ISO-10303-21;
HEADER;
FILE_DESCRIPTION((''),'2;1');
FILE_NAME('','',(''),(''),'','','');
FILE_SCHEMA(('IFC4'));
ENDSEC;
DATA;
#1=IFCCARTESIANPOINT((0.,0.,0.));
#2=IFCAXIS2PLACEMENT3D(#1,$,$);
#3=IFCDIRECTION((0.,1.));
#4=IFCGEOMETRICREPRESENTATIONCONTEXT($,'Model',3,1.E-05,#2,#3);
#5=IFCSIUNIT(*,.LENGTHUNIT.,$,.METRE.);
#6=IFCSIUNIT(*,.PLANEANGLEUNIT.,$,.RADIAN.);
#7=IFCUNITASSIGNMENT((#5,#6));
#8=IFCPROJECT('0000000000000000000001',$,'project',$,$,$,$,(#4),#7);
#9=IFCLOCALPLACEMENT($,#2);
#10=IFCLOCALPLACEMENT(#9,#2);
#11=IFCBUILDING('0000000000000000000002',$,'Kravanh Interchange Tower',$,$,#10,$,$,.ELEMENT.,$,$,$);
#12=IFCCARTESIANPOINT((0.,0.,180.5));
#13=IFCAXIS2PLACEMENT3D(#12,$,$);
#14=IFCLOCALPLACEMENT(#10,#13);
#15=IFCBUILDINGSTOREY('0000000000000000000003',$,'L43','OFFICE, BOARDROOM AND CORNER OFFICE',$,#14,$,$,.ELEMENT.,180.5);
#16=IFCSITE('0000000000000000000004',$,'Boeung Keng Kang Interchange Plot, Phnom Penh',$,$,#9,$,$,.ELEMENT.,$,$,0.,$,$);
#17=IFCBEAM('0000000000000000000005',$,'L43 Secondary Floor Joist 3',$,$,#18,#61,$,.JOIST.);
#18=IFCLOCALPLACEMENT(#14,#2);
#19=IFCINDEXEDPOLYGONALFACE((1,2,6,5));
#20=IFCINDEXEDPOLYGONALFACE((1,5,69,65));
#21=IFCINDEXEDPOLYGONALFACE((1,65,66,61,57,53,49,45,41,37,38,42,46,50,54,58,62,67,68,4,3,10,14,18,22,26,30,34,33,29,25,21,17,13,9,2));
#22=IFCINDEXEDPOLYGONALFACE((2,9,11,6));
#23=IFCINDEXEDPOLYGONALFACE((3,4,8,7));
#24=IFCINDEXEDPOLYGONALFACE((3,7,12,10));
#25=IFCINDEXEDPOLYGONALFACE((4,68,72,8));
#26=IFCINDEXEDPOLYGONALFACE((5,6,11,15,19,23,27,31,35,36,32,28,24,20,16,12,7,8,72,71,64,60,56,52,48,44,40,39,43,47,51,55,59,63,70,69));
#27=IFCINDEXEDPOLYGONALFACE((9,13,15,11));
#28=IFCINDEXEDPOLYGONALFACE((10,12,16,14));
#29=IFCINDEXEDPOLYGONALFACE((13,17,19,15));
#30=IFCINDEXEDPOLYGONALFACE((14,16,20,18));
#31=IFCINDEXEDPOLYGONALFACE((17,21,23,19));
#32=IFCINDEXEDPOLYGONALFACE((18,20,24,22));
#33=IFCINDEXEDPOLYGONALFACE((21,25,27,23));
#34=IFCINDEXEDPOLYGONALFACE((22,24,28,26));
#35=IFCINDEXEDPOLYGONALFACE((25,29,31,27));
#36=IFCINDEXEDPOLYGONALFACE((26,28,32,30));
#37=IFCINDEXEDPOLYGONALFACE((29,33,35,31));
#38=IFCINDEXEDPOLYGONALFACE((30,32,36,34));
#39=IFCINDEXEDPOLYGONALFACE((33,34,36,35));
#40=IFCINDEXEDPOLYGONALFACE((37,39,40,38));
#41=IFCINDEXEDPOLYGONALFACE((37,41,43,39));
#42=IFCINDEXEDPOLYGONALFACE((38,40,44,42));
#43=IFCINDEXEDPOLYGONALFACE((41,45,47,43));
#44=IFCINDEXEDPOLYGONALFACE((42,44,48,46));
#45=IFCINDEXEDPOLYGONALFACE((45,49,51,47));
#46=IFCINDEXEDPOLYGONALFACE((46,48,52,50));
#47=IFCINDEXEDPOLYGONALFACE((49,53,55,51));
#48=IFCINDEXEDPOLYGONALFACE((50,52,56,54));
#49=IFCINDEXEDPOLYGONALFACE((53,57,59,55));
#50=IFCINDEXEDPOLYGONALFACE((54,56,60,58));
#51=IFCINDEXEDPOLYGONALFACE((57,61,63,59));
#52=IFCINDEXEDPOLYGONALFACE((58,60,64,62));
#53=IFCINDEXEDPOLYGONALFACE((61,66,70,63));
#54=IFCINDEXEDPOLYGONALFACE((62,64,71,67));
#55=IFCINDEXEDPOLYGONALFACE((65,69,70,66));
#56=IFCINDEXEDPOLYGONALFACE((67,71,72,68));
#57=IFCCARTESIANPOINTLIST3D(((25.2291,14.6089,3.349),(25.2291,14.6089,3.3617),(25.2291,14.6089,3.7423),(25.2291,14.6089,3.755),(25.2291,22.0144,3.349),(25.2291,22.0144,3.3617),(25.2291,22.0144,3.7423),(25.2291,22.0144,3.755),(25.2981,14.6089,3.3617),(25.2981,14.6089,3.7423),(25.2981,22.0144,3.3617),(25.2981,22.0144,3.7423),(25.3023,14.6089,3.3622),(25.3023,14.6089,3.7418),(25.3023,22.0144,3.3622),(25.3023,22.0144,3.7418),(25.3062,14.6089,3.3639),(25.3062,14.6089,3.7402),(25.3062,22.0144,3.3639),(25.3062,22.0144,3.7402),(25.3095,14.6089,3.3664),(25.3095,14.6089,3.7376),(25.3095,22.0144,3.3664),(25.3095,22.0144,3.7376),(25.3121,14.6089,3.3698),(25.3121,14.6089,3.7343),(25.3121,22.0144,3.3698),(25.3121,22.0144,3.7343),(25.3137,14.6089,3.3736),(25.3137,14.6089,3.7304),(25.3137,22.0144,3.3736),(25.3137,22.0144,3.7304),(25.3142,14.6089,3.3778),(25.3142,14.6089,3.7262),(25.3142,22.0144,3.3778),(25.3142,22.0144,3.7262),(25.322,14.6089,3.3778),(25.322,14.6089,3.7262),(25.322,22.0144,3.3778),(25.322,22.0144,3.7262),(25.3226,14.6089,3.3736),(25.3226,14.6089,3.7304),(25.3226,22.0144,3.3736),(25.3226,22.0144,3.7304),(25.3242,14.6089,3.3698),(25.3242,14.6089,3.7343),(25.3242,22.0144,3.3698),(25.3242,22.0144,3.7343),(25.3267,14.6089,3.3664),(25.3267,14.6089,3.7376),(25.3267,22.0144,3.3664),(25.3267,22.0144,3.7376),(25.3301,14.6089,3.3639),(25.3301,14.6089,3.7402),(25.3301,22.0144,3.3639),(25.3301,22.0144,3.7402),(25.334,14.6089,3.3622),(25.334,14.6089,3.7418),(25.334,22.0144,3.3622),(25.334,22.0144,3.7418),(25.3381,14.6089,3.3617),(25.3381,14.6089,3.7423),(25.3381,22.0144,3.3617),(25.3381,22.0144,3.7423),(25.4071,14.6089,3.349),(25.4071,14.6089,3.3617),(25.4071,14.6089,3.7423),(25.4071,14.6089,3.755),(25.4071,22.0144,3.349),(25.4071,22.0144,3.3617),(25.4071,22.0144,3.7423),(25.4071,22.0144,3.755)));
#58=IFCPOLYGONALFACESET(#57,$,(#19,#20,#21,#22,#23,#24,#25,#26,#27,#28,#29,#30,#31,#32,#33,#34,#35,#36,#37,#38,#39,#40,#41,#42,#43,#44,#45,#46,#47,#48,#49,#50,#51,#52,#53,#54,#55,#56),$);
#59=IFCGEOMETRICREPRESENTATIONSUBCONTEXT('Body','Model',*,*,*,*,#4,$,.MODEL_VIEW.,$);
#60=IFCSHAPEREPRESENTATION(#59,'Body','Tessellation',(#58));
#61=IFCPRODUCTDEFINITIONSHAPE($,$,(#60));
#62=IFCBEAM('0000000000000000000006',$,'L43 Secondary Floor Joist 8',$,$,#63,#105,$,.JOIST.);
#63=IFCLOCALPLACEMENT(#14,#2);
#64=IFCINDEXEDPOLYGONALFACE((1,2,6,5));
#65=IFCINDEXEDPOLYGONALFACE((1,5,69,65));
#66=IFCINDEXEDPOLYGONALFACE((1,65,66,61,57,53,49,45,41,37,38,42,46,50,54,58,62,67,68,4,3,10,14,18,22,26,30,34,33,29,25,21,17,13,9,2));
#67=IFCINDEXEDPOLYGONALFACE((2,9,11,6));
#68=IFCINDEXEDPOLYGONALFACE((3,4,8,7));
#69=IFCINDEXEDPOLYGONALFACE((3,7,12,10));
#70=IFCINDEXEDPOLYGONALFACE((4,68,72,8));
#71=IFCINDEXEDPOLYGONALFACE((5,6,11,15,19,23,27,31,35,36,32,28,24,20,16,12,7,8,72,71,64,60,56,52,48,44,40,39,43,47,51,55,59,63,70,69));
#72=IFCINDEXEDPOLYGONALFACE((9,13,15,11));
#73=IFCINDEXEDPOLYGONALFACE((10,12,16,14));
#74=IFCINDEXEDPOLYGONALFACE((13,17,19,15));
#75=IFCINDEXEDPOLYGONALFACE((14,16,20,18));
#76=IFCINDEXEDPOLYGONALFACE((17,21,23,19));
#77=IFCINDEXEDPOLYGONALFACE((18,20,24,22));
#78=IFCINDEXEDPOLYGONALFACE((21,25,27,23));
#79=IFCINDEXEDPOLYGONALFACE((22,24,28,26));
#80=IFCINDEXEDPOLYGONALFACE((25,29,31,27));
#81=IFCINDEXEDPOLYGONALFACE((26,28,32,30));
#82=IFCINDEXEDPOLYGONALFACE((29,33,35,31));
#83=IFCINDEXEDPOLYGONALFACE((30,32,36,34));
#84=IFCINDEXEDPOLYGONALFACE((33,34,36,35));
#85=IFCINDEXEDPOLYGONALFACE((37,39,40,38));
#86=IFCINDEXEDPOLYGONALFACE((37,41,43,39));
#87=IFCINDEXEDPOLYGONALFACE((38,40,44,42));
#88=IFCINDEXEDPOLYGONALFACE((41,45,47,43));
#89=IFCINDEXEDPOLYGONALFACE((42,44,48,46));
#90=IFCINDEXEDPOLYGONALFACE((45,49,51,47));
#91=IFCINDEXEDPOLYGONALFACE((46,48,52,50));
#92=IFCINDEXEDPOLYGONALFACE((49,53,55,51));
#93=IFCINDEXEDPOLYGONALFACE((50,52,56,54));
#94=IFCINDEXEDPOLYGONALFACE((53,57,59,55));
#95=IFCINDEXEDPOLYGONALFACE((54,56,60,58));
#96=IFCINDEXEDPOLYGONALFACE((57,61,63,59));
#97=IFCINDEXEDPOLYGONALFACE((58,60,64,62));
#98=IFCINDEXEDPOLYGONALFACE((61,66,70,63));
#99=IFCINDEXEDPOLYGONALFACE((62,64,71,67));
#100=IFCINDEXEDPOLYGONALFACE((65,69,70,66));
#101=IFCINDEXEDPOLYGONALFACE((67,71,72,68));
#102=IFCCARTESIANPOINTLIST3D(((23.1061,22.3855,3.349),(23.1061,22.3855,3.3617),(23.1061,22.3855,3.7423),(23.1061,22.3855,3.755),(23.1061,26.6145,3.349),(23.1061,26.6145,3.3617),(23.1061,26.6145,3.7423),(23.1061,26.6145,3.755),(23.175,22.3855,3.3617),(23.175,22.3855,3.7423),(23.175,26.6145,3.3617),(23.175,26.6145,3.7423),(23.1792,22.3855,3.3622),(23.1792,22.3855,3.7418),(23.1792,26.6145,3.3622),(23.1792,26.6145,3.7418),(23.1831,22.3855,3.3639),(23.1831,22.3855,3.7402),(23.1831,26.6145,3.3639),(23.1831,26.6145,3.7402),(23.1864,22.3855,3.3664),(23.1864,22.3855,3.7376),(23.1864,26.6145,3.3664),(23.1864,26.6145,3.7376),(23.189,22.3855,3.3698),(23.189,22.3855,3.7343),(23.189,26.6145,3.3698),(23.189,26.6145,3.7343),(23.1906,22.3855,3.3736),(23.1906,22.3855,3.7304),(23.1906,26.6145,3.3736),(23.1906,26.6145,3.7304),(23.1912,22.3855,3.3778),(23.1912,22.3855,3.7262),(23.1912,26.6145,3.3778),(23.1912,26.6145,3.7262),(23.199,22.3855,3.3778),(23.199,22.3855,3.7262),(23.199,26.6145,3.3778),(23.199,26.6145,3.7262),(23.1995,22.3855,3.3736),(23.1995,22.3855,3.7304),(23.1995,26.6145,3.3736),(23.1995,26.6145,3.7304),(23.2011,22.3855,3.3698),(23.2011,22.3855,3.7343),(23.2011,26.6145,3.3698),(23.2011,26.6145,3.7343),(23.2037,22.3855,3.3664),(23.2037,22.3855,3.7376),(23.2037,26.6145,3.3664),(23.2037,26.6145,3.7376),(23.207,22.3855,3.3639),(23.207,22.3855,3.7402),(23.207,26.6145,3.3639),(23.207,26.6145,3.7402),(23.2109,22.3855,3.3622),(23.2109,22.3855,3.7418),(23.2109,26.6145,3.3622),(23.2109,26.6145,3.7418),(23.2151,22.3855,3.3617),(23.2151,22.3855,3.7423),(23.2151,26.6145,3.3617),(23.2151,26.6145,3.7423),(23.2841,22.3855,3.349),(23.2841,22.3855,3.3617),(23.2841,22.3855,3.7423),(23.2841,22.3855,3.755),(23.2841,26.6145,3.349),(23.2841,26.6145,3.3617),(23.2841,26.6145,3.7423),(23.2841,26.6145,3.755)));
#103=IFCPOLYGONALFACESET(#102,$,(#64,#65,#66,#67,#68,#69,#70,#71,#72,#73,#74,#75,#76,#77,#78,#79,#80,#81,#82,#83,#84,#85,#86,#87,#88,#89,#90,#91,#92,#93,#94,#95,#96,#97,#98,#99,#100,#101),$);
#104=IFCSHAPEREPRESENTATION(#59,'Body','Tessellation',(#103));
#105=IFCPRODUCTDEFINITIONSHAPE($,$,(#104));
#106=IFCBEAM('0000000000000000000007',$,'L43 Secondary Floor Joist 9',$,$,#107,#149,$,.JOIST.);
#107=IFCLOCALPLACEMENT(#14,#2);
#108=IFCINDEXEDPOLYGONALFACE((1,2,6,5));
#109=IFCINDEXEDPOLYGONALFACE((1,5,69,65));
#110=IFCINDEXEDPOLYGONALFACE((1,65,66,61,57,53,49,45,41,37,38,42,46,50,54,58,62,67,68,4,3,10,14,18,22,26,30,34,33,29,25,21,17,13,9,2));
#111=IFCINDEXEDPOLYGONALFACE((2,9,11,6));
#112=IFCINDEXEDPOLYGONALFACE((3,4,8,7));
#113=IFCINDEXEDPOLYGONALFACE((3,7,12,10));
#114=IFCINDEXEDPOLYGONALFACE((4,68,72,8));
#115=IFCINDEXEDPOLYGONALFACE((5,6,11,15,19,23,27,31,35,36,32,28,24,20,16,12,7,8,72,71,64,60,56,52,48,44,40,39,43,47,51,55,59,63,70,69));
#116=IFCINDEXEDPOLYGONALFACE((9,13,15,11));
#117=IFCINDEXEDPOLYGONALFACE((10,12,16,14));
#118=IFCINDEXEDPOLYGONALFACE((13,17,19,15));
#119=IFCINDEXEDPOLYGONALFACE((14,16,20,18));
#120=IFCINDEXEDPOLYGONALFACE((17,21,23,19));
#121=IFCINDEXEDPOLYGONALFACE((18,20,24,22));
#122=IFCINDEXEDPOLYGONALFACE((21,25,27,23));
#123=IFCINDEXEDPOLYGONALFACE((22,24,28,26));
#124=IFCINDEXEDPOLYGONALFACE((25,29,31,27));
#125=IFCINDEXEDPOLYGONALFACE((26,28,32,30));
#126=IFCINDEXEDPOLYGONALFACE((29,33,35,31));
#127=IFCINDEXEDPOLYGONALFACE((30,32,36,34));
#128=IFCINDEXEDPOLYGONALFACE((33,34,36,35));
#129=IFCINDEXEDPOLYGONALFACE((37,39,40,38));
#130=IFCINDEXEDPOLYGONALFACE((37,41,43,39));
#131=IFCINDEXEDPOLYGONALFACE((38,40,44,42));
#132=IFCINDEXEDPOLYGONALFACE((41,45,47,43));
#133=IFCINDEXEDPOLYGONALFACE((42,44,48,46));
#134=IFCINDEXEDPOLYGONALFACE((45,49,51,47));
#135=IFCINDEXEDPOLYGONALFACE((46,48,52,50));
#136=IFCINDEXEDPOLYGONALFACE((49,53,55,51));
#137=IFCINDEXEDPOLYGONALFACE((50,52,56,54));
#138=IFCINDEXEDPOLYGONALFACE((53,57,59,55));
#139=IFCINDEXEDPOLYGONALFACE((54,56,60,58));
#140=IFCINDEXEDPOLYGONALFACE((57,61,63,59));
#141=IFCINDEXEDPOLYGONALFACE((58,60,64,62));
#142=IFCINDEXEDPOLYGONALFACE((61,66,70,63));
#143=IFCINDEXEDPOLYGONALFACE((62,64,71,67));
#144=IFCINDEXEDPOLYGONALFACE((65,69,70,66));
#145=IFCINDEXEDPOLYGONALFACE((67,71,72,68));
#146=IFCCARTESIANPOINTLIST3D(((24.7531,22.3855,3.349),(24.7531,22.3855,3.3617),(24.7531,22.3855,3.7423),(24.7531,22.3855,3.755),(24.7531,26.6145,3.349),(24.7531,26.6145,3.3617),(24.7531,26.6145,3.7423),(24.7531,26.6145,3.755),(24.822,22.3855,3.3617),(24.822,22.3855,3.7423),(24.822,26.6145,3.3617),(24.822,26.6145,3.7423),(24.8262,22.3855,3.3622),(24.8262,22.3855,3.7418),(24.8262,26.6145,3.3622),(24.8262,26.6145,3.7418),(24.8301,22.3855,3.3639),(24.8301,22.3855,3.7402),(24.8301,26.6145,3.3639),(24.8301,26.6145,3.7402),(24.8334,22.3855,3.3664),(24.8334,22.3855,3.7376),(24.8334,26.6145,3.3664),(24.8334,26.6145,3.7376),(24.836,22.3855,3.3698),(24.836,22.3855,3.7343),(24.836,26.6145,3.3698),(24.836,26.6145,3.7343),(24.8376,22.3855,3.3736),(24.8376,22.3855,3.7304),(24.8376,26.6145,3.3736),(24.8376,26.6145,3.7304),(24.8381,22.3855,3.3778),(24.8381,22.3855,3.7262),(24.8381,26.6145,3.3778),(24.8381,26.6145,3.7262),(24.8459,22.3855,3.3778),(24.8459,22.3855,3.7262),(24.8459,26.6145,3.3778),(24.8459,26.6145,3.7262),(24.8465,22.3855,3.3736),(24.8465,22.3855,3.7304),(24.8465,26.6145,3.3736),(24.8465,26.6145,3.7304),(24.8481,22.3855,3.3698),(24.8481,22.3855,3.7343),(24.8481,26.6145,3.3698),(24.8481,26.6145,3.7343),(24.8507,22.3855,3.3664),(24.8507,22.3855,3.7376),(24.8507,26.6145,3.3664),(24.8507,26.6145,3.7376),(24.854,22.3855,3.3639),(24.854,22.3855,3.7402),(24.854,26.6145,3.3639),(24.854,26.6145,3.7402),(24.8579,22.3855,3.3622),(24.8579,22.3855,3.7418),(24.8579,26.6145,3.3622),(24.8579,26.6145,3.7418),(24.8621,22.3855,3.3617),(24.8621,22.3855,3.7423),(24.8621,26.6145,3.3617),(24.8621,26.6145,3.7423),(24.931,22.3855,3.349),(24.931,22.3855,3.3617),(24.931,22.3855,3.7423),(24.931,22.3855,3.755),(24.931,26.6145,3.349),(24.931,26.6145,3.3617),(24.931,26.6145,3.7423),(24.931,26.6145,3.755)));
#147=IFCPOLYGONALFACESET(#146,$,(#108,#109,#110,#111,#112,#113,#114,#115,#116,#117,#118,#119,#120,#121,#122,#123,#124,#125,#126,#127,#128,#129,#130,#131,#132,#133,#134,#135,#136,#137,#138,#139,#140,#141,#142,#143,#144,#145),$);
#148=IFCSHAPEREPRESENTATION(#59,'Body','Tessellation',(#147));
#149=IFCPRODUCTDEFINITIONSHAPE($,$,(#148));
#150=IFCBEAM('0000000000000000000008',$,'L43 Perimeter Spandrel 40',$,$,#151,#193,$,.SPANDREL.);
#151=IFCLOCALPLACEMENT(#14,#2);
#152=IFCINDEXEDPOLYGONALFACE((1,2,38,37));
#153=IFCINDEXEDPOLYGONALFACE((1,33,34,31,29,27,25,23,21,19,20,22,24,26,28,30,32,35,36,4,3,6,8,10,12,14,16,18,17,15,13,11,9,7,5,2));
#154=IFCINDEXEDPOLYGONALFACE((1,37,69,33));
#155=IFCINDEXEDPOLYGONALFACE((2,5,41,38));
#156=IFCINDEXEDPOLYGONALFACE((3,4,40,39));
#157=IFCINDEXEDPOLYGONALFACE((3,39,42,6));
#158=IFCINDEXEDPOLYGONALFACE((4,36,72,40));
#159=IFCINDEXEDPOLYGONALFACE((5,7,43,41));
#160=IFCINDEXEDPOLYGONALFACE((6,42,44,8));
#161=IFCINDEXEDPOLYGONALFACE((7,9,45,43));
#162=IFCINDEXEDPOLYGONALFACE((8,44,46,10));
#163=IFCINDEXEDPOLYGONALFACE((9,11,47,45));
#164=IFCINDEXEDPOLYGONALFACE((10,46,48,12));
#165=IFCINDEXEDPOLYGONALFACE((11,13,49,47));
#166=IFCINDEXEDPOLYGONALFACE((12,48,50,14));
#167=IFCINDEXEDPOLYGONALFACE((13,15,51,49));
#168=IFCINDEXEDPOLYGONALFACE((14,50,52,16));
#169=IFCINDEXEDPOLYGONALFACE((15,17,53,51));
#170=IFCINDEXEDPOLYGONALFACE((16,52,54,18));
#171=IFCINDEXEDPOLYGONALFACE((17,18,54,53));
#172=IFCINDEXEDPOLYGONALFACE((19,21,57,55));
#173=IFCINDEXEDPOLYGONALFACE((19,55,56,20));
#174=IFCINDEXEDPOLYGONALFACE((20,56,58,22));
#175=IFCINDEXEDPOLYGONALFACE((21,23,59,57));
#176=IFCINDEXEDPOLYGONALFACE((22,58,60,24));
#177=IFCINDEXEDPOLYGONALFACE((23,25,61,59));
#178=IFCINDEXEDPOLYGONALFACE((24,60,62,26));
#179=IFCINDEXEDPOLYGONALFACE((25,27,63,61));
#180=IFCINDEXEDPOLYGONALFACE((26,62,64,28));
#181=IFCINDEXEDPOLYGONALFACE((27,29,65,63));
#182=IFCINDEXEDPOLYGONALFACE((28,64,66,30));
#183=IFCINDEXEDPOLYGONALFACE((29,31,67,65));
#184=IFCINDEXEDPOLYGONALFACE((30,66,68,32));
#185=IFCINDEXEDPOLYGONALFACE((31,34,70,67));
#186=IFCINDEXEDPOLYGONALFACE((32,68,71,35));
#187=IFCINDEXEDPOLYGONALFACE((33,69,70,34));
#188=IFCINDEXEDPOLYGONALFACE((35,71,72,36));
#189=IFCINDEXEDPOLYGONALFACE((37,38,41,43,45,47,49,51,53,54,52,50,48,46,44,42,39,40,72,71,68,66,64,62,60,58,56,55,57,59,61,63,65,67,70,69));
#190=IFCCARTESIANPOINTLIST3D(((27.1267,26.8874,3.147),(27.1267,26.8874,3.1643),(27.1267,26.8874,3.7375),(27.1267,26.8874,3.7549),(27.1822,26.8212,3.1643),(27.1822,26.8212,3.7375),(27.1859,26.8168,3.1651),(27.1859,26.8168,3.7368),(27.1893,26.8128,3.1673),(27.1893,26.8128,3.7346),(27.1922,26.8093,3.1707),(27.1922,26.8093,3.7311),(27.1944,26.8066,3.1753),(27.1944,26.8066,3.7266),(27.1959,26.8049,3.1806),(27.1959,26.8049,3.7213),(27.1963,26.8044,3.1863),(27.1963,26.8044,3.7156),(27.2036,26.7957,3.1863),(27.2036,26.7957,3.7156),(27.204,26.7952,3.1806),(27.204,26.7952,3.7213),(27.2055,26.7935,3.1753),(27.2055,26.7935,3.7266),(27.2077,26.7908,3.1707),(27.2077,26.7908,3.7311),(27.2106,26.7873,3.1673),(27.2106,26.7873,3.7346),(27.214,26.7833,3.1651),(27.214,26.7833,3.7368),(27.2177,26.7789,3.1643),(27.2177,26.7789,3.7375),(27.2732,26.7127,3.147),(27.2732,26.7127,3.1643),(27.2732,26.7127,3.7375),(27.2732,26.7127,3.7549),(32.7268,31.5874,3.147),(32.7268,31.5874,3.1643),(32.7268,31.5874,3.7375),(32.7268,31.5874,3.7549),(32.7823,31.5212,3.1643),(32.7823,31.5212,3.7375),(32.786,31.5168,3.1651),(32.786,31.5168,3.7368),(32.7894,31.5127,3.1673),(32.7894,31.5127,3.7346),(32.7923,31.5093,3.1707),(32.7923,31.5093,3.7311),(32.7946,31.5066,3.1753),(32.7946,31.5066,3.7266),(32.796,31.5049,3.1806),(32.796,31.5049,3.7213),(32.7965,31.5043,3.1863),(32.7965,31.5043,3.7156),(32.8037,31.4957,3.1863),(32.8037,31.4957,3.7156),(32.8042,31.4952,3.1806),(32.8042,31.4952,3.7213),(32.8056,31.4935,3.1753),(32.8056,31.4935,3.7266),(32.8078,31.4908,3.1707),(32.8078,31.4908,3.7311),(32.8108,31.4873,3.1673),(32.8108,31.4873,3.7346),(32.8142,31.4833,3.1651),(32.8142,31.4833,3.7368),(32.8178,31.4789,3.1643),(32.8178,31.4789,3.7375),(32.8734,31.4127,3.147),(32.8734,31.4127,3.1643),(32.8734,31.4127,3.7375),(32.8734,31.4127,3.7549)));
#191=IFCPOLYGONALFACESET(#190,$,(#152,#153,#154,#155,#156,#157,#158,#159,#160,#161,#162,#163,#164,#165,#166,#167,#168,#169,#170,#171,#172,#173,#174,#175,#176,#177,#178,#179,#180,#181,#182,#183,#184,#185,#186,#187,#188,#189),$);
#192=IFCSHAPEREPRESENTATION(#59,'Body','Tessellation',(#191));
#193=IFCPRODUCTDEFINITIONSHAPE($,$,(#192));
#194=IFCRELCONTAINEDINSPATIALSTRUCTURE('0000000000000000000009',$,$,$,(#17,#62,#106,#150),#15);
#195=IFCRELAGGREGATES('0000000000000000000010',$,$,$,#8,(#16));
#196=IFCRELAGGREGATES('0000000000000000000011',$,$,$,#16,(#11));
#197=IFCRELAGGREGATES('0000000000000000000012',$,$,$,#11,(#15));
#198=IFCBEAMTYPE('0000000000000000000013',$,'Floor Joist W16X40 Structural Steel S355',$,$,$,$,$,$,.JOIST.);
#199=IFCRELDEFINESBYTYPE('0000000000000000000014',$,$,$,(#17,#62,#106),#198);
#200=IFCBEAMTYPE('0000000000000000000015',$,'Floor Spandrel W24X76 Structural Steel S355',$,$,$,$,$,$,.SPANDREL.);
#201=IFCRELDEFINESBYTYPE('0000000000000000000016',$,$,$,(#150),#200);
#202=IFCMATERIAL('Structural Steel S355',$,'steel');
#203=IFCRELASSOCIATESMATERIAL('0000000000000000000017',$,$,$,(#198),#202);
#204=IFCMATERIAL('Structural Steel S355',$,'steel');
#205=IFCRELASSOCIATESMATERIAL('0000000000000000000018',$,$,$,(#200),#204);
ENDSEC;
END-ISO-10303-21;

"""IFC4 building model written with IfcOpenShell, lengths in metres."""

from ifc_helpers import new_model, si_unit, direction, frame, origin, origin_2d, place, context, subcontext, project, spatial, i_section, extrude, material, material_profile, profile_set, type_object, element, save


model = new_model("IFC4")

# Units and contexts
model_context = context("Model", 3, precision=1e-05, world=origin(), true_north=direction((0.0, 1.0)))
body_context = subcontext(model_context, "Body", "Model", "MODEL_VIEW")
ifc_project = project(units=[si_unit("LENGTHUNIT", "METRE"), si_unit("PLANEANGLEUNIT", "RADIAN")], contexts=[model_context])

# Site, building, storey
site_placement = place(None, origin())
site = spatial("IfcSite", under=ifc_project, at=site_placement, Name="Boeung Keng Kang Interchange Plot, Phnom Penh", CompositionType="ELEMENT", RefElevation=0.0)
building_placement = place(site_placement, origin())
building = spatial("IfcBuilding", under=site, at=building_placement, Name="Kravanh Interchange Tower", CompositionType="ELEMENT")
storey_placement = place(building_placement, frame((0.0, 0.0, 180.5)))
storey = spatial("IfcBuildingStorey", under=building, at=storey_placement, Name="L43", Description="OFFICE, BOARDROOM AND CORNER OFFICE", CompositionType="ELEMENT", Elevation=180.5)

# Beams
ifc_material_1 = material(Name="Structural Steel S355", Category="steel")
ifc_material_profile_1 = material_profile(ifc_material_1, i_section(OverallWidth=0.178, OverallDepth=0.406, WebThickness=0.0078, FlangeThickness=0.0127, FilletRadius=0.0161, at=origin_2d()), Name="W16X40")
ifc_profile_set_1 = profile_set([ifc_material_profile_1], Name="Structural Steel S355")
beam_type_1 = type_object("IfcBeamType", Name="Floor Joist W16X40 Structural Steel S355", PredefinedType="JOIST", material=ifc_profile_set_1)
for number, where, z_axis, x_axis, name in (
    (1, (25.3181, 14.6089, 3.552), (0.0, 1.0, 0.0), (-1.0, 0.0, 0.0), "L43 Secondary Floor Joist 3"),
):
    element("IfcBeam", number, at=place(storey_placement, frame(where, z_axis=z_axis, x_axis=x_axis)), inside=storey, type_object=beam_type_1, Name=name, PredefinedType="JOIST", context=body_context, shape_type="SweptSolid", body=[
        extrude(i_section(OverallWidth=0.178, OverallDepth=0.406, WebThickness=0.0078, FlangeThickness=0.0127, FilletRadius=0.0161, at=origin_2d()), origin(), (0.0, 0.0, 1.0), 7.4055),
    ])
for number, where, z_axis, x_axis, name in (
    (2, (23.1951, 22.3855, 3.552), (0.0, 1.0, 0.0), (-1.0, 0.0, 0.0), "L43 Secondary Floor Joist 8"),
    (3, (24.842, 22.3855, 3.552), (0.0, 1.0, 0.0), (-1.0, 0.0, 0.0), "L43 Secondary Floor Joist 9"),
):
    element("IfcBeam", number, at=place(storey_placement, frame(where, z_axis=z_axis, x_axis=x_axis)), inside=storey, type_object=beam_type_1, Name=name, PredefinedType="JOIST", context=body_context, shape_type="SweptSolid", body=[
        extrude(i_section(OverallWidth=0.178, OverallDepth=0.406, WebThickness=0.0078, FlangeThickness=0.0127, FilletRadius=0.0161, at=origin_2d()), origin(), (0.0, 0.0, 1.0), 4.229),
    ])
ifc_material_2 = material(Name="Structural Steel S355", Category="steel")
ifc_material_profile_2 = material_profile(ifc_material_2, i_section(OverallWidth=0.228, OverallDepth=0.6079, WebThickness=0.0112, FlangeThickness=0.0173, FilletRadius=0.022, at=origin_2d()), Name="W24X76")
ifc_profile_set_2 = profile_set([ifc_material_profile_2], Name="Structural Steel S355")
beam_type_2 = type_object("IfcBeamType", Name="Floor Spandrel W24X76 Structural Steel S355", PredefinedType="SPANDREL", material=ifc_profile_set_2)
beam_1_placement = place(storey_placement, frame((27.2, 26.8, 3.4509), z_axis=(0.765983, 0.642861, 0.0), x_axis=(-0.642861, 0.765983, 0.0)))
element("IfcBeam", 4, at=beam_1_placement, inside=storey, type_object=beam_type_2, Name="L43 Perimeter Spandrel 40", PredefinedType="SPANDREL", context=body_context, shape_type="SweptSolid", body=[
    extrude(i_section(OverallWidth=0.228, OverallDepth=0.6079, WebThickness=0.0112, FlangeThickness=0.0173, FilletRadius=0.022, at=origin_2d()), origin(), (0.0, 0.0, 1.0), 7.311),
])

save(model, "model.ifc")
